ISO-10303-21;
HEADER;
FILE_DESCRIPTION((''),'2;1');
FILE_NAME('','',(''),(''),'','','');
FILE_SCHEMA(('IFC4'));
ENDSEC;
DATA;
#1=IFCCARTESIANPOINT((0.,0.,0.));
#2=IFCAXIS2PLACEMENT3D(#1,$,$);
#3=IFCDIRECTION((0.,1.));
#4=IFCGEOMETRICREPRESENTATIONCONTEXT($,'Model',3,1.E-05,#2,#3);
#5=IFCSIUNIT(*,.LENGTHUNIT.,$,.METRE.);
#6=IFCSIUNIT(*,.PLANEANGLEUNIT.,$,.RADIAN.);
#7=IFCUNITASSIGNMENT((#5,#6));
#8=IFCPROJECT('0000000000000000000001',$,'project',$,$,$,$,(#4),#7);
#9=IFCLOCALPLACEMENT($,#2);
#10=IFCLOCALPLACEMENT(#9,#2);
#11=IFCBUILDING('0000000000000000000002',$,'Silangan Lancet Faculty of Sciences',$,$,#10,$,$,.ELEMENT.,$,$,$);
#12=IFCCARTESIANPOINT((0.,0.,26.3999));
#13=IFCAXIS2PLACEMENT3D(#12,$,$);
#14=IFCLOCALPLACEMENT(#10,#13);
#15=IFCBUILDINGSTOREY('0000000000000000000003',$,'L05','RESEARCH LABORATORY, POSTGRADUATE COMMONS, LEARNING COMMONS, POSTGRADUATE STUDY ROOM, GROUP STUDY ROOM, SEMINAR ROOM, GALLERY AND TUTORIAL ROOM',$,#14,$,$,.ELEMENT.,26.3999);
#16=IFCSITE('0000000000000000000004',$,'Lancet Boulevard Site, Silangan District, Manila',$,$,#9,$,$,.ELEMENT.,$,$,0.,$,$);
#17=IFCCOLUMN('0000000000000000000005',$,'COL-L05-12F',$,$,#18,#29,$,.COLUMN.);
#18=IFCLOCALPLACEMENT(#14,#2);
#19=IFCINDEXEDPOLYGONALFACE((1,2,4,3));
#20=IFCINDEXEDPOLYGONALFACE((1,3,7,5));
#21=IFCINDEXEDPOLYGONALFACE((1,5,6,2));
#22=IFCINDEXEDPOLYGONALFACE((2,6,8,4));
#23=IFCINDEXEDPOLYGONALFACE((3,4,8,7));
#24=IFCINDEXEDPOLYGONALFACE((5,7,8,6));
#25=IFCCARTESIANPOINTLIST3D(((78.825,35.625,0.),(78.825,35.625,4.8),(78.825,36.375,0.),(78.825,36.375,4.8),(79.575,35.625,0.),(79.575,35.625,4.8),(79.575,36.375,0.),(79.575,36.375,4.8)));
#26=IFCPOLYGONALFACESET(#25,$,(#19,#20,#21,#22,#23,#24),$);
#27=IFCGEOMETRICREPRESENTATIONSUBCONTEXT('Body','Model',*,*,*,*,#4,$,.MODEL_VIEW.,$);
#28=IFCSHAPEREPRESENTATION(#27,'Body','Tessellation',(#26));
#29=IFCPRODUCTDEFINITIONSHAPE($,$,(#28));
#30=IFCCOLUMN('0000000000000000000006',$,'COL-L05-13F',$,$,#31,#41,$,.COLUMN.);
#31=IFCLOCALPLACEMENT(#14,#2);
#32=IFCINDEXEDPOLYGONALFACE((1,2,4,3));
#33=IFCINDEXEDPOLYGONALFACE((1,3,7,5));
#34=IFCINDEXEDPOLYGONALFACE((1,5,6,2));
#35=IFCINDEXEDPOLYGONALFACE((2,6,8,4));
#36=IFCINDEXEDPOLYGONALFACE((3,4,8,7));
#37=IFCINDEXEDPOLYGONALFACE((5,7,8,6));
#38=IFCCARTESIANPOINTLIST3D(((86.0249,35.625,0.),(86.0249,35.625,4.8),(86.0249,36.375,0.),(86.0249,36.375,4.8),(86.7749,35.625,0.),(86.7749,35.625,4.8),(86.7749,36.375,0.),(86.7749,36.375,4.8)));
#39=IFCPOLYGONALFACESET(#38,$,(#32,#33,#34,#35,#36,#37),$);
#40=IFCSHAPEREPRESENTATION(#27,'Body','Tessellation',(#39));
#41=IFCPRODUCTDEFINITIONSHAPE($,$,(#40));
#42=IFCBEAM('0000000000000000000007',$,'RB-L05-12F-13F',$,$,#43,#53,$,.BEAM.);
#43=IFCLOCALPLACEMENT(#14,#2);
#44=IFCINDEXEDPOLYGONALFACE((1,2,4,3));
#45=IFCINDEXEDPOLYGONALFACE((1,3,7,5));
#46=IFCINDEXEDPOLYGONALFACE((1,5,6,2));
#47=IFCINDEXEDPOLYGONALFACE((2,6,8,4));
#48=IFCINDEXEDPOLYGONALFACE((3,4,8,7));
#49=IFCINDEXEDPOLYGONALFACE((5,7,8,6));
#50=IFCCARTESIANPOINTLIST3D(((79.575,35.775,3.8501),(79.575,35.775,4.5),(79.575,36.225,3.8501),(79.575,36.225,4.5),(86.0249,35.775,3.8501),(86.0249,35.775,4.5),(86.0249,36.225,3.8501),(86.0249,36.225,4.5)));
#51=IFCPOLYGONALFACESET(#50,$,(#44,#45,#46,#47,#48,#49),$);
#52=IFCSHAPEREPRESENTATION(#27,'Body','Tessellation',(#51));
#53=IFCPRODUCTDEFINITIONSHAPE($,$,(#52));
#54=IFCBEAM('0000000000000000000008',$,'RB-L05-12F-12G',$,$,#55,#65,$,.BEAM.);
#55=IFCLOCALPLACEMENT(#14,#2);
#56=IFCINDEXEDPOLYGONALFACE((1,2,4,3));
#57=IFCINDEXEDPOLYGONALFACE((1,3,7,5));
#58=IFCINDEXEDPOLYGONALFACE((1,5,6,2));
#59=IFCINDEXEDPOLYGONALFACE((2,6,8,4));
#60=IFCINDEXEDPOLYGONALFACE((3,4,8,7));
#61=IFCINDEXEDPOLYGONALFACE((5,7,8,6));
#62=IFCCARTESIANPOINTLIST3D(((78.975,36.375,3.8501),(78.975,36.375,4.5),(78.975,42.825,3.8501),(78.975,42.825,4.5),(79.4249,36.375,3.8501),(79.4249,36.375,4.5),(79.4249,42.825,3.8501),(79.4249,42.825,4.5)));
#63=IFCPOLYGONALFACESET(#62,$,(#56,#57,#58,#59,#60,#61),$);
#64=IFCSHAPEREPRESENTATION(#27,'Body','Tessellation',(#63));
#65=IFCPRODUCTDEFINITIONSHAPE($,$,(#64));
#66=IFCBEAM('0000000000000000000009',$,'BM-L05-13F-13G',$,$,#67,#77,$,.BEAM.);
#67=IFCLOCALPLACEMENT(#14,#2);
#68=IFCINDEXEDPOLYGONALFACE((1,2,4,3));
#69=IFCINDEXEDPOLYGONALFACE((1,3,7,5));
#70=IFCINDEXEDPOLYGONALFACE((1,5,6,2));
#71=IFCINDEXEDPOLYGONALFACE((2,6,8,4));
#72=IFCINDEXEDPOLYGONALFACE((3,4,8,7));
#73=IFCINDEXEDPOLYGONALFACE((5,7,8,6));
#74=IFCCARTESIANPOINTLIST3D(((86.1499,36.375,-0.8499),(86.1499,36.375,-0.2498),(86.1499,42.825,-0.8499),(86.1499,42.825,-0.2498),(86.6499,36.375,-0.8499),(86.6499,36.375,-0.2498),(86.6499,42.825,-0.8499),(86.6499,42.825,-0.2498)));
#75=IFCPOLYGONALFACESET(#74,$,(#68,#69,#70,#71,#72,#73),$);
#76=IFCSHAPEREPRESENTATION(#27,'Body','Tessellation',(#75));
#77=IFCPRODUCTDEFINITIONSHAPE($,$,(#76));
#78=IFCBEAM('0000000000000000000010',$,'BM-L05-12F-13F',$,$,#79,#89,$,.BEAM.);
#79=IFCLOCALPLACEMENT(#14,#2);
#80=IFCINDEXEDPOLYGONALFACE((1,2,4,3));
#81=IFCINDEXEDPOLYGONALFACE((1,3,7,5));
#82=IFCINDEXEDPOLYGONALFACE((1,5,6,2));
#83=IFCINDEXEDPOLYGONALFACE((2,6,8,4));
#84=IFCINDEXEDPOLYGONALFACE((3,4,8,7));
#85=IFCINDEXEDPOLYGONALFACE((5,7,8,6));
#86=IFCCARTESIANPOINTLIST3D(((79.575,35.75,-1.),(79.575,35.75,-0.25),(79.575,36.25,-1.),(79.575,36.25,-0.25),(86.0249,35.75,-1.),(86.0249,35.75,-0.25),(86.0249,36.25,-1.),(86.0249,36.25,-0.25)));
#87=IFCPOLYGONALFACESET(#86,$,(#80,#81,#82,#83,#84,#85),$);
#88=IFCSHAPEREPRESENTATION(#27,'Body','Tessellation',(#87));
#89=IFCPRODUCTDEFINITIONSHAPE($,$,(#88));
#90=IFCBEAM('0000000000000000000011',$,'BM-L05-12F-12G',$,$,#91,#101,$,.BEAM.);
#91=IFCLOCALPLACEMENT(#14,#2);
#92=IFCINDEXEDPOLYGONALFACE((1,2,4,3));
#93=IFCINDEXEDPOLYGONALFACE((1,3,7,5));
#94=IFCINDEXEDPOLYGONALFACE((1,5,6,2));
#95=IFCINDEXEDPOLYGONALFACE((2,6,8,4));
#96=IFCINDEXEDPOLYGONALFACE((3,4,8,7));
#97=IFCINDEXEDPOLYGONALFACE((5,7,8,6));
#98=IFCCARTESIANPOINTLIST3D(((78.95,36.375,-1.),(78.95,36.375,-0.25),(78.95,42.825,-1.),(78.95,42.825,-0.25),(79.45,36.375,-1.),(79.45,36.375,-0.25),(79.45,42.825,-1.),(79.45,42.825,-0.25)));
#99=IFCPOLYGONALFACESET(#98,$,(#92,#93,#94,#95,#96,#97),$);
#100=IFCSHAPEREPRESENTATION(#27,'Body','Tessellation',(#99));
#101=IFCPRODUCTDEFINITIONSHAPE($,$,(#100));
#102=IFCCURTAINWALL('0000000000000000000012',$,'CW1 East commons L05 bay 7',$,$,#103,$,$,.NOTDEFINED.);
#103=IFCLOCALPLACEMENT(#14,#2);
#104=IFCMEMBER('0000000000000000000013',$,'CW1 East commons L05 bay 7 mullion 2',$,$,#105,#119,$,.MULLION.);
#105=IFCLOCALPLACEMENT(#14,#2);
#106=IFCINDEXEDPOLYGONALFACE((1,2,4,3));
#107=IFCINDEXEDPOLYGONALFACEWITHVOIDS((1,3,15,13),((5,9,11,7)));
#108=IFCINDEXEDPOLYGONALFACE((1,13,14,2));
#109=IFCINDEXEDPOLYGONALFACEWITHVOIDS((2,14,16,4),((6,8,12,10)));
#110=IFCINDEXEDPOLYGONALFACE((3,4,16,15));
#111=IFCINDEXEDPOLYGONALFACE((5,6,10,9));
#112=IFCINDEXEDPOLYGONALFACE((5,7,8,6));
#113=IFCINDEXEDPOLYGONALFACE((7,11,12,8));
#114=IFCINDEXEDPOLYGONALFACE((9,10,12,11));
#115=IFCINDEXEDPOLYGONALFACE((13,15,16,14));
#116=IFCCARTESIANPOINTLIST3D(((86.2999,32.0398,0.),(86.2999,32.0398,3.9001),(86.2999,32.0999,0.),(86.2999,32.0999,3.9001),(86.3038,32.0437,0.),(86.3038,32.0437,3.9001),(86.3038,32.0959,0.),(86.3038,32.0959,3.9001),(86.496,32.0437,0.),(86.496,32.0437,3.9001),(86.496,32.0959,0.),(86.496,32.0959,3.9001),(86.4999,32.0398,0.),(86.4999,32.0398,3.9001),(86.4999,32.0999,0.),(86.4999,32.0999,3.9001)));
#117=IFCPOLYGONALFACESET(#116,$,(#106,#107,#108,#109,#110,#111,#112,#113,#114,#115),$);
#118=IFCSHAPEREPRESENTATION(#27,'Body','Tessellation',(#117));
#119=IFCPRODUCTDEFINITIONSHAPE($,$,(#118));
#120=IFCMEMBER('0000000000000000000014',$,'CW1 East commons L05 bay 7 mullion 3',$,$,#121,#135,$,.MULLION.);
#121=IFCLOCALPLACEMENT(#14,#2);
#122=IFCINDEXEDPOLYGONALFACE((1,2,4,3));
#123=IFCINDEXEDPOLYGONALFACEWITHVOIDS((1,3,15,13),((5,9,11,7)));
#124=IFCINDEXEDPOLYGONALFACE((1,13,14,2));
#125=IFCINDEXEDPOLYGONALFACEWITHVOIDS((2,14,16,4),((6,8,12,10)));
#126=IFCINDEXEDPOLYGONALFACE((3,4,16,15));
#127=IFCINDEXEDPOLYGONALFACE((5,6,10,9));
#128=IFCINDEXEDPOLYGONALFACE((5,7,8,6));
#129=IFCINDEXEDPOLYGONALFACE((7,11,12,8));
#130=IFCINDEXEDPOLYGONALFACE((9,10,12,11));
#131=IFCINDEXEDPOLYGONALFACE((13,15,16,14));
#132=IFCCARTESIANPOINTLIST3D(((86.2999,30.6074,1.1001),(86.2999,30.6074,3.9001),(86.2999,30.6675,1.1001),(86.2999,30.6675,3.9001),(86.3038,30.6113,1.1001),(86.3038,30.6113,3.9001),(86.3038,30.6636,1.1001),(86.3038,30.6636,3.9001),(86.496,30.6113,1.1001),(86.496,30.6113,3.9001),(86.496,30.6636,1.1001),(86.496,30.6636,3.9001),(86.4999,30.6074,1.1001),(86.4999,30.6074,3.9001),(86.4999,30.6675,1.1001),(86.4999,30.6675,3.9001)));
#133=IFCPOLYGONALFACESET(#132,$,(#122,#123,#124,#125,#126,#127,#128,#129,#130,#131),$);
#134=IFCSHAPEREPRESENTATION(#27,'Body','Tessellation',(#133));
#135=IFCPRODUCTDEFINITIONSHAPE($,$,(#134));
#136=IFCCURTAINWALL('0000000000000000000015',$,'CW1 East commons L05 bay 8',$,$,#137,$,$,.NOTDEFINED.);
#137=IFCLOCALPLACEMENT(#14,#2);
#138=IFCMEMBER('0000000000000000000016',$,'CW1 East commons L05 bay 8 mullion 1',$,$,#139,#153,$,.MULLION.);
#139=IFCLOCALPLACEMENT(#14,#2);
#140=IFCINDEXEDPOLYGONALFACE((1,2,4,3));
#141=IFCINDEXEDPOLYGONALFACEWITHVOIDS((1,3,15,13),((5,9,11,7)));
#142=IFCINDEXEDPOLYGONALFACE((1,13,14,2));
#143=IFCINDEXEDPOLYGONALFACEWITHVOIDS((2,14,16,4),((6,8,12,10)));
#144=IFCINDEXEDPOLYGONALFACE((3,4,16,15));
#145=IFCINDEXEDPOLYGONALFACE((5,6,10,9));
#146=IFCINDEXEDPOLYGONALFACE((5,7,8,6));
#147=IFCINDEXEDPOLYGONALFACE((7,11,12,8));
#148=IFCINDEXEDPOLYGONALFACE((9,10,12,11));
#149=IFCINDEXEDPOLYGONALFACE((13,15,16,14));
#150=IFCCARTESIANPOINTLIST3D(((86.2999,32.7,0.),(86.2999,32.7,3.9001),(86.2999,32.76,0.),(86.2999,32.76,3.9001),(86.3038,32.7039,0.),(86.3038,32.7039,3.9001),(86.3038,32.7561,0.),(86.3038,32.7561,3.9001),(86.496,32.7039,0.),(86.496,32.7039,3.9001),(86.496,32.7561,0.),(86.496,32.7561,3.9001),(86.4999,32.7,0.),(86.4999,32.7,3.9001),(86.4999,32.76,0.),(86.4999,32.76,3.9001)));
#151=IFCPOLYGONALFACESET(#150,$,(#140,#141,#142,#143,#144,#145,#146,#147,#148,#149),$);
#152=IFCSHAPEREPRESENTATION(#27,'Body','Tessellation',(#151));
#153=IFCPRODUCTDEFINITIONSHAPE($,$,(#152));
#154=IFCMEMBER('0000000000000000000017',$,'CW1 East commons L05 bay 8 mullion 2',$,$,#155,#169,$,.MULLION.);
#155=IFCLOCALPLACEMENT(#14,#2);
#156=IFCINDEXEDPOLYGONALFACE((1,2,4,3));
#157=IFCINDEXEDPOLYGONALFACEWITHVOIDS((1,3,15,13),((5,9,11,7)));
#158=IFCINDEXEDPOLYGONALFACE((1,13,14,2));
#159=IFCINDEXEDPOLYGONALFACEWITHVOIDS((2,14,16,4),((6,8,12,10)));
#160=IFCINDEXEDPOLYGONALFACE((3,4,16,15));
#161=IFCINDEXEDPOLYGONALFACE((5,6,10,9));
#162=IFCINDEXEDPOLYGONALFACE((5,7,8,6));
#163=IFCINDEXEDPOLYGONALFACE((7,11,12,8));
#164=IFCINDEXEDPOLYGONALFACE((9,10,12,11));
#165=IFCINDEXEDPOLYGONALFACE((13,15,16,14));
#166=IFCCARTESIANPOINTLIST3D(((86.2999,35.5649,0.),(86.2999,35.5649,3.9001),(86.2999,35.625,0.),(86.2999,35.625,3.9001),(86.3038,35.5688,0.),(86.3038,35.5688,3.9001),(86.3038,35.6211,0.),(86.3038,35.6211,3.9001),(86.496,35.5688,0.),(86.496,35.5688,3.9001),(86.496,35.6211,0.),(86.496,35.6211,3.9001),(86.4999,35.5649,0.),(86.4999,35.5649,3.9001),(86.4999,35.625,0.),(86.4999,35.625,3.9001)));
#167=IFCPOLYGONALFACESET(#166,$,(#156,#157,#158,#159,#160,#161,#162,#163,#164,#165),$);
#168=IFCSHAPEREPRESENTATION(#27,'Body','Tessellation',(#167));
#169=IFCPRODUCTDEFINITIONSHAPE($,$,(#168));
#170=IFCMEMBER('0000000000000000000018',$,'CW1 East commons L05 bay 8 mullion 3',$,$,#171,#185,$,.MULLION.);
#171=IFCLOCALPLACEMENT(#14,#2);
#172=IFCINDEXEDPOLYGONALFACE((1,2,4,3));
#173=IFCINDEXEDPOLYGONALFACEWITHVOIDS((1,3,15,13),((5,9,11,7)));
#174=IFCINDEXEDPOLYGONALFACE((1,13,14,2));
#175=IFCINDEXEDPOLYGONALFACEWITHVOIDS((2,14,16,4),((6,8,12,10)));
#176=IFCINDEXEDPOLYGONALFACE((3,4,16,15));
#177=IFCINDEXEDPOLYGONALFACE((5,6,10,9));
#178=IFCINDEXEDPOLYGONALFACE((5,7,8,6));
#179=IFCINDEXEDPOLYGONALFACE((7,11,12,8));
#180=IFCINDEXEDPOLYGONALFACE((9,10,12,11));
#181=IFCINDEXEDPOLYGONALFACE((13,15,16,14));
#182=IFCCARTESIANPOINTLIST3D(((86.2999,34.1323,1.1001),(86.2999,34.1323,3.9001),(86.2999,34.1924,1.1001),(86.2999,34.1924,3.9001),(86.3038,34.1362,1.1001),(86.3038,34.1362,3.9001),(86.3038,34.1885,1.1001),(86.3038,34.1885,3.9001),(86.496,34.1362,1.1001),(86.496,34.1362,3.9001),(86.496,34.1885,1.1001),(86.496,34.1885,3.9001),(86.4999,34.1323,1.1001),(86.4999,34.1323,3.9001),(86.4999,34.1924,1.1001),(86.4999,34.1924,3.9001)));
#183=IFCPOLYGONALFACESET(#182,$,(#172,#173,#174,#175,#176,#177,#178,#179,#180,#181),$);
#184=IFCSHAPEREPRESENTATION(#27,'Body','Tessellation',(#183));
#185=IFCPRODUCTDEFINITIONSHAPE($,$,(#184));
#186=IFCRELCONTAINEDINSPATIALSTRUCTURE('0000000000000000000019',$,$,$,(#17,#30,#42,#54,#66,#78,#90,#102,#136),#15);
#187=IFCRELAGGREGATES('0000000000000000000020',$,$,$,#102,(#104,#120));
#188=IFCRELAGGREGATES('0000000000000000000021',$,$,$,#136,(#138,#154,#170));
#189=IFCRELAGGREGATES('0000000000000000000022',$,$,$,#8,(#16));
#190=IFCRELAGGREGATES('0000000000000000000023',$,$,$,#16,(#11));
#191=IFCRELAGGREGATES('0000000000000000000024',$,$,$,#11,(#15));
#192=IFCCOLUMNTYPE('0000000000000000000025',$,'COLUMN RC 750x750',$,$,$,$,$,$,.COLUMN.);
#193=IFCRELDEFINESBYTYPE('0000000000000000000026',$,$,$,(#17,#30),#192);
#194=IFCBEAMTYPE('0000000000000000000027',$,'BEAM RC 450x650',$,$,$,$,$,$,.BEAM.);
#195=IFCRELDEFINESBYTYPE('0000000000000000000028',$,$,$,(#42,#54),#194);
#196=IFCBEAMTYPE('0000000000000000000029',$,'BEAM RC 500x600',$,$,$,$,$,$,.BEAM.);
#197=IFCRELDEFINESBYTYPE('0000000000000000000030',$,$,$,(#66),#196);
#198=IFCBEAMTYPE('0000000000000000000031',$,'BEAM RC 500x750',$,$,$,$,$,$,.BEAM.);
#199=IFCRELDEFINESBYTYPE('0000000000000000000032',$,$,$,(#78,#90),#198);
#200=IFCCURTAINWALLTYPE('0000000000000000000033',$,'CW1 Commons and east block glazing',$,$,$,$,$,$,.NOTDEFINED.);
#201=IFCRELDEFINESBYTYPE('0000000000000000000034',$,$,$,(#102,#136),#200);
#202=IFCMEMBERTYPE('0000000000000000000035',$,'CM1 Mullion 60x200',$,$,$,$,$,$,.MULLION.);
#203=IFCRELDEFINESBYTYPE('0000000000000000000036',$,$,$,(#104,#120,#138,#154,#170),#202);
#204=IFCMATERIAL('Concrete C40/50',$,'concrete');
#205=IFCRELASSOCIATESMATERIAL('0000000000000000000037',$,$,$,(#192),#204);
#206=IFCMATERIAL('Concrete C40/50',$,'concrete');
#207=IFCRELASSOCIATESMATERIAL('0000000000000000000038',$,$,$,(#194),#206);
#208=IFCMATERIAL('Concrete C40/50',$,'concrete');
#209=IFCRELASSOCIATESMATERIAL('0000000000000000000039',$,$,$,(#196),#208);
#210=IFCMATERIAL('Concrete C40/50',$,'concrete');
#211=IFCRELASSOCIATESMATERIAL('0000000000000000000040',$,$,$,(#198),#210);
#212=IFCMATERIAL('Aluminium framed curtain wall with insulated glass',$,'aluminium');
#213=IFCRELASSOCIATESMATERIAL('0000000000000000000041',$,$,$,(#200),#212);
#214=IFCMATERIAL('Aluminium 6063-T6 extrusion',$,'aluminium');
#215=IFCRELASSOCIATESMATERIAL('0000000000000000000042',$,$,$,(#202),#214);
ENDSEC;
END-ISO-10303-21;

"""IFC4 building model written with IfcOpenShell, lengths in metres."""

from ifc_helpers import new_model, si_unit, direction, frame, origin, origin_2d, place, context, subcontext, project, spatial, rectangle, hollow_rectangle, extrude, material, material_profile, profile_set, type_object, element, aggregate, save


model = new_model("IFC4")

# Units and contexts
model_context = context("Model", 3, precision=1e-05, world=origin(), true_north=direction((0.0, 1.0)))
body_context = subcontext(model_context, "Body", "Model", "MODEL_VIEW")
ifc_project = project(units=[si_unit("LENGTHUNIT", "METRE"), si_unit("PLANEANGLEUNIT", "RADIAN")], contexts=[model_context])

# Site, building, storey
site_placement = place(None, origin())
site = spatial("IfcSite", under=ifc_project, at=site_placement, Name="Lancet Boulevard Site, Silangan District, Manila", CompositionType="ELEMENT", RefElevation=0.0)
building_placement = place(site_placement, origin())
building = spatial("IfcBuilding", under=site, at=building_placement, Name="Silangan Lancet Faculty of Sciences", CompositionType="ELEMENT")
storey_placement = place(building_placement, frame((0.0, 0.0, 26.3999)))
storey = spatial("IfcBuildingStorey", under=building, at=storey_placement, Name="L05", Description="RESEARCH LABORATORY, POSTGRADUATE COMMONS, LEARNING COMMONS, POSTGRADUATE STUDY ROOM, GROUP STUDY ROOM, SEMINAR ROOM, GALLERY AND TUTORIAL ROOM", CompositionType="ELEMENT", Elevation=26.3999)

# Columns
ifc_material_1 = material(Name="Concrete C40/50", Category="concrete")
ifc_material_profile_1 = material_profile(ifc_material_1, rectangle(XDim=0.75, YDim=0.75, at=origin_2d()), Name="RC 750x750")
ifc_profile_set_1 = profile_set([ifc_material_profile_1], Name="Concrete C40/50")
column_type = type_object("IfcColumnType", Name="COLUMN RC 750x750", PredefinedType="COLUMN", material=ifc_profile_set_1)
for number, where, z_axis, x_axis, name in (
    (1, (79.2, 36.0, 0.0), (0.0, 0.0, 1.0), (1.0, 0.0, 0.0), "COL-L05-12F"),
    (2, (86.3999, 36.0, 0.0), (0.0, 0.0, 1.0), (1.0, 0.0, 0.0), "COL-L05-13F"),
):
    element("IfcColumn", number, at=place(storey_placement, frame(where, z_axis=z_axis, x_axis=x_axis)), inside=storey, type_object=column_type, Name=name, PredefinedType="COLUMN", context=body_context, shape_type="SweptSolid", body=[
        extrude(rectangle(XDim=0.75, YDim=0.75, at=origin_2d()), origin(), (0.0, 0.0, 1.0), 4.8),
    ])

# Beams
ifc_material_2 = material(Name="Concrete C40/50", Category="concrete")
ifc_material_profile_2 = material_profile(ifc_material_2, rectangle(XDim=0.45, YDim=0.6499, at=origin_2d()), Name="RC 450x650")
ifc_profile_set_2 = profile_set([ifc_material_profile_2], Name="Concrete C40/50")
beam_type_1 = type_object("IfcBeamType", Name="BEAM RC 450x650", PredefinedType="BEAM", material=ifc_profile_set_2)
for number, where, z_axis, x_axis, name in (
    (3, (79.575, 36.0, 4.175), (1.0, 0.0, 0.0), (0.0, 1.0, 0.0), "RB-L05-12F-13F"),
    (4, (79.2, 36.375, 4.175), (0.0, 1.0, 0.0), (-1.0, 0.0, 0.0), "RB-L05-12F-12G"),
):
    element("IfcBeam", number, at=place(storey_placement, frame(where, z_axis=z_axis, x_axis=x_axis)), inside=storey, type_object=beam_type_1, Name=name, PredefinedType="BEAM", context=body_context, shape_type="SweptSolid", body=[
        extrude(rectangle(XDim=0.45, YDim=0.6499, at=origin_2d()), origin(), (0.0, 0.0, 1.0), 6.45),
    ])
ifc_material_3 = material(Name="Concrete C40/50", Category="concrete")
ifc_material_profile_3 = material_profile(ifc_material_3, rectangle(XDim=0.5, YDim=0.6001, at=origin_2d()), Name="RC 500x600")
ifc_profile_set_3 = profile_set([ifc_material_profile_3], Name="Concrete C40/50")
beam_type_2 = type_object("IfcBeamType", Name="BEAM RC 500x600", PredefinedType="BEAM", material=ifc_profile_set_3)
beam_placement = place(storey_placement, frame((86.3999, 36.375, -0.5498), z_axis=(0.0, 1.0, 0.0), x_axis=(-1.0, 0.0, 0.0)))
element("IfcBeam", 5, at=beam_placement, inside=storey, type_object=beam_type_2, Name="BM-L05-13F-13G", PredefinedType="BEAM", context=body_context, shape_type="SweptSolid", body=[
    extrude(rectangle(XDim=0.5, YDim=0.6001, at=origin_2d()), origin(), (0.0, 0.0, 1.0), 6.45),
])
ifc_material_4 = material(Name="Concrete C40/50", Category="concrete")
ifc_material_profile_4 = material_profile(ifc_material_4, rectangle(XDim=0.5, YDim=0.75, at=origin_2d()), Name="RC 500x750")
ifc_profile_set_4 = profile_set([ifc_material_profile_4], Name="Concrete C40/50")
beam_type_3 = type_object("IfcBeamType", Name="BEAM RC 500x750", PredefinedType="BEAM", material=ifc_profile_set_4)
for number, where, z_axis, x_axis, name in (
    (6, (79.575, 36.0, -0.625), (1.0, 0.0, 0.0), (0.0, 1.0, 0.0), "BM-L05-12F-13F"),
    (7, (79.2, 36.375, -0.625), (0.0, 1.0, 0.0), (-1.0, 0.0, 0.0), "BM-L05-12F-12G"),
):
    element("IfcBeam", number, at=place(storey_placement, frame(where, z_axis=z_axis, x_axis=x_axis)), inside=storey, type_object=beam_type_3, Name=name, PredefinedType="BEAM", context=body_context, shape_type="SweptSolid", body=[
        extrude(rectangle(XDim=0.5, YDim=0.75, at=origin_2d()), origin(), (0.0, 0.0, 1.0), 6.45),
    ])

# Curtain walls, members
ifc_material_5 = material(Name="Aluminium framed curtain wall with insulated glass", Category="aluminium")
curtain_wall_type = type_object("IfcCurtainWallType", Name="CW1 Commons and east block glazing", PredefinedType="NOTDEFINED", material=ifc_material_5)
curtain_wall_1_placement = place(storey_placement, origin())
curtain_wall_1 = element("IfcCurtainWall", 8, at=curtain_wall_1_placement, inside=storey, type_object=curtain_wall_type, Name="CW1 East commons L05 bay 7", PredefinedType="NOTDEFINED")
ifc_material_6 = material(Name="Aluminium 6063-T6 extrusion", Category="aluminium")
ifc_material_profile_5 = material_profile(ifc_material_6, hollow_rectangle(XDim=0.0601, YDim=0.2, WallThickness=0.0039, at=origin_2d()), Name="AL BOX 60x200x4")
ifc_profile_set_5 = profile_set([ifc_material_profile_5], Name="Aluminium 6063-T6 extrusion")
member_type_1 = type_object("IfcMemberType", Name="CM1 Mullion 60x200", PredefinedType="MULLION", material=ifc_profile_set_5)
member_1_placement = place(storey_placement, frame((86.3999, 32.0698, 0.0), z_axis=(0.0, 0.0, 1.0), x_axis=(0.0, 1.0, 0.0)))
member_1 = element("IfcMember", 9, at=member_1_placement, type_object=member_type_1, Name="CW1 East commons L05 bay 7 mullion 2", PredefinedType="MULLION", context=body_context, shape_type="SweptSolid", body=[
    extrude(hollow_rectangle(XDim=0.0601, YDim=0.2, WallThickness=0.0039, at=origin_2d()), origin(), (0.0, 0.0, 1.0), 3.9001),
])
member_2_placement = place(storey_placement, frame((86.3999, 30.6375, 1.1001), z_axis=(0.0, 0.0, 1.0), x_axis=(0.0, 1.0, 0.0)))
member_2 = element("IfcMember", 10, at=member_2_placement, type_object=member_type_1, Name="CW1 East commons L05 bay 7 mullion 3", PredefinedType="MULLION", context=body_context, shape_type="SweptSolid", body=[
    extrude(hollow_rectangle(XDim=0.0601, YDim=0.2, WallThickness=0.0039, at=origin_2d()), origin(), (0.0, 0.0, 1.0), 2.8),
])
curtain_wall_2_placement = place(storey_placement, origin())
curtain_wall_2 = element("IfcCurtainWall", 11, at=curtain_wall_2_placement, inside=storey, type_object=curtain_wall_type, Name="CW1 East commons L05 bay 8", PredefinedType="NOTDEFINED")
member_3_placement = place(storey_placement, frame((86.3999, 32.73, 0.0), z_axis=(0.0, 0.0, 1.0), x_axis=(0.0, 1.0, 0.0)))
member_3 = element("IfcMember", 12, at=member_3_placement, type_object=member_type_1, Name="CW1 East commons L05 bay 8 mullion 1", PredefinedType="MULLION", context=body_context, shape_type="SweptSolid", body=[
    extrude(hollow_rectangle(XDim=0.0601, YDim=0.2, WallThickness=0.0039, at=origin_2d()), origin(), (0.0, 0.0, 1.0), 3.9001),
])
member_4_placement = place(storey_placement, frame((86.3999, 35.595, 0.0), z_axis=(0.0, 0.0, 1.0), x_axis=(0.0, 1.0, 0.0)))
member_4 = element("IfcMember", 13, at=member_4_placement, type_object=member_type_1, Name="CW1 East commons L05 bay 8 mullion 2", PredefinedType="MULLION", context=body_context, shape_type="SweptSolid", body=[
    extrude(hollow_rectangle(XDim=0.0601, YDim=0.2, WallThickness=0.0039, at=origin_2d()), origin(), (0.0, 0.0, 1.0), 3.9001),
])
member_5_placement = place(storey_placement, frame((86.3999, 34.1624, 1.1001), z_axis=(0.0, 0.0, 1.0), x_axis=(0.0, 1.0, 0.0)))
member_5 = element("IfcMember", 14, at=member_5_placement, type_object=member_type_1, Name="CW1 East commons L05 bay 8 mullion 3", PredefinedType="MULLION", context=body_context, shape_type="SweptSolid", body=[
    extrude(hollow_rectangle(XDim=0.0601, YDim=0.2, WallThickness=0.0039, at=origin_2d()), origin(), (0.0, 0.0, 1.0), 2.8),
])

aggregate(curtain_wall_1, [member_1, member_2])
aggregate(curtain_wall_2, [member_3, member_4, member_5])

save(model, "model.ifc")
